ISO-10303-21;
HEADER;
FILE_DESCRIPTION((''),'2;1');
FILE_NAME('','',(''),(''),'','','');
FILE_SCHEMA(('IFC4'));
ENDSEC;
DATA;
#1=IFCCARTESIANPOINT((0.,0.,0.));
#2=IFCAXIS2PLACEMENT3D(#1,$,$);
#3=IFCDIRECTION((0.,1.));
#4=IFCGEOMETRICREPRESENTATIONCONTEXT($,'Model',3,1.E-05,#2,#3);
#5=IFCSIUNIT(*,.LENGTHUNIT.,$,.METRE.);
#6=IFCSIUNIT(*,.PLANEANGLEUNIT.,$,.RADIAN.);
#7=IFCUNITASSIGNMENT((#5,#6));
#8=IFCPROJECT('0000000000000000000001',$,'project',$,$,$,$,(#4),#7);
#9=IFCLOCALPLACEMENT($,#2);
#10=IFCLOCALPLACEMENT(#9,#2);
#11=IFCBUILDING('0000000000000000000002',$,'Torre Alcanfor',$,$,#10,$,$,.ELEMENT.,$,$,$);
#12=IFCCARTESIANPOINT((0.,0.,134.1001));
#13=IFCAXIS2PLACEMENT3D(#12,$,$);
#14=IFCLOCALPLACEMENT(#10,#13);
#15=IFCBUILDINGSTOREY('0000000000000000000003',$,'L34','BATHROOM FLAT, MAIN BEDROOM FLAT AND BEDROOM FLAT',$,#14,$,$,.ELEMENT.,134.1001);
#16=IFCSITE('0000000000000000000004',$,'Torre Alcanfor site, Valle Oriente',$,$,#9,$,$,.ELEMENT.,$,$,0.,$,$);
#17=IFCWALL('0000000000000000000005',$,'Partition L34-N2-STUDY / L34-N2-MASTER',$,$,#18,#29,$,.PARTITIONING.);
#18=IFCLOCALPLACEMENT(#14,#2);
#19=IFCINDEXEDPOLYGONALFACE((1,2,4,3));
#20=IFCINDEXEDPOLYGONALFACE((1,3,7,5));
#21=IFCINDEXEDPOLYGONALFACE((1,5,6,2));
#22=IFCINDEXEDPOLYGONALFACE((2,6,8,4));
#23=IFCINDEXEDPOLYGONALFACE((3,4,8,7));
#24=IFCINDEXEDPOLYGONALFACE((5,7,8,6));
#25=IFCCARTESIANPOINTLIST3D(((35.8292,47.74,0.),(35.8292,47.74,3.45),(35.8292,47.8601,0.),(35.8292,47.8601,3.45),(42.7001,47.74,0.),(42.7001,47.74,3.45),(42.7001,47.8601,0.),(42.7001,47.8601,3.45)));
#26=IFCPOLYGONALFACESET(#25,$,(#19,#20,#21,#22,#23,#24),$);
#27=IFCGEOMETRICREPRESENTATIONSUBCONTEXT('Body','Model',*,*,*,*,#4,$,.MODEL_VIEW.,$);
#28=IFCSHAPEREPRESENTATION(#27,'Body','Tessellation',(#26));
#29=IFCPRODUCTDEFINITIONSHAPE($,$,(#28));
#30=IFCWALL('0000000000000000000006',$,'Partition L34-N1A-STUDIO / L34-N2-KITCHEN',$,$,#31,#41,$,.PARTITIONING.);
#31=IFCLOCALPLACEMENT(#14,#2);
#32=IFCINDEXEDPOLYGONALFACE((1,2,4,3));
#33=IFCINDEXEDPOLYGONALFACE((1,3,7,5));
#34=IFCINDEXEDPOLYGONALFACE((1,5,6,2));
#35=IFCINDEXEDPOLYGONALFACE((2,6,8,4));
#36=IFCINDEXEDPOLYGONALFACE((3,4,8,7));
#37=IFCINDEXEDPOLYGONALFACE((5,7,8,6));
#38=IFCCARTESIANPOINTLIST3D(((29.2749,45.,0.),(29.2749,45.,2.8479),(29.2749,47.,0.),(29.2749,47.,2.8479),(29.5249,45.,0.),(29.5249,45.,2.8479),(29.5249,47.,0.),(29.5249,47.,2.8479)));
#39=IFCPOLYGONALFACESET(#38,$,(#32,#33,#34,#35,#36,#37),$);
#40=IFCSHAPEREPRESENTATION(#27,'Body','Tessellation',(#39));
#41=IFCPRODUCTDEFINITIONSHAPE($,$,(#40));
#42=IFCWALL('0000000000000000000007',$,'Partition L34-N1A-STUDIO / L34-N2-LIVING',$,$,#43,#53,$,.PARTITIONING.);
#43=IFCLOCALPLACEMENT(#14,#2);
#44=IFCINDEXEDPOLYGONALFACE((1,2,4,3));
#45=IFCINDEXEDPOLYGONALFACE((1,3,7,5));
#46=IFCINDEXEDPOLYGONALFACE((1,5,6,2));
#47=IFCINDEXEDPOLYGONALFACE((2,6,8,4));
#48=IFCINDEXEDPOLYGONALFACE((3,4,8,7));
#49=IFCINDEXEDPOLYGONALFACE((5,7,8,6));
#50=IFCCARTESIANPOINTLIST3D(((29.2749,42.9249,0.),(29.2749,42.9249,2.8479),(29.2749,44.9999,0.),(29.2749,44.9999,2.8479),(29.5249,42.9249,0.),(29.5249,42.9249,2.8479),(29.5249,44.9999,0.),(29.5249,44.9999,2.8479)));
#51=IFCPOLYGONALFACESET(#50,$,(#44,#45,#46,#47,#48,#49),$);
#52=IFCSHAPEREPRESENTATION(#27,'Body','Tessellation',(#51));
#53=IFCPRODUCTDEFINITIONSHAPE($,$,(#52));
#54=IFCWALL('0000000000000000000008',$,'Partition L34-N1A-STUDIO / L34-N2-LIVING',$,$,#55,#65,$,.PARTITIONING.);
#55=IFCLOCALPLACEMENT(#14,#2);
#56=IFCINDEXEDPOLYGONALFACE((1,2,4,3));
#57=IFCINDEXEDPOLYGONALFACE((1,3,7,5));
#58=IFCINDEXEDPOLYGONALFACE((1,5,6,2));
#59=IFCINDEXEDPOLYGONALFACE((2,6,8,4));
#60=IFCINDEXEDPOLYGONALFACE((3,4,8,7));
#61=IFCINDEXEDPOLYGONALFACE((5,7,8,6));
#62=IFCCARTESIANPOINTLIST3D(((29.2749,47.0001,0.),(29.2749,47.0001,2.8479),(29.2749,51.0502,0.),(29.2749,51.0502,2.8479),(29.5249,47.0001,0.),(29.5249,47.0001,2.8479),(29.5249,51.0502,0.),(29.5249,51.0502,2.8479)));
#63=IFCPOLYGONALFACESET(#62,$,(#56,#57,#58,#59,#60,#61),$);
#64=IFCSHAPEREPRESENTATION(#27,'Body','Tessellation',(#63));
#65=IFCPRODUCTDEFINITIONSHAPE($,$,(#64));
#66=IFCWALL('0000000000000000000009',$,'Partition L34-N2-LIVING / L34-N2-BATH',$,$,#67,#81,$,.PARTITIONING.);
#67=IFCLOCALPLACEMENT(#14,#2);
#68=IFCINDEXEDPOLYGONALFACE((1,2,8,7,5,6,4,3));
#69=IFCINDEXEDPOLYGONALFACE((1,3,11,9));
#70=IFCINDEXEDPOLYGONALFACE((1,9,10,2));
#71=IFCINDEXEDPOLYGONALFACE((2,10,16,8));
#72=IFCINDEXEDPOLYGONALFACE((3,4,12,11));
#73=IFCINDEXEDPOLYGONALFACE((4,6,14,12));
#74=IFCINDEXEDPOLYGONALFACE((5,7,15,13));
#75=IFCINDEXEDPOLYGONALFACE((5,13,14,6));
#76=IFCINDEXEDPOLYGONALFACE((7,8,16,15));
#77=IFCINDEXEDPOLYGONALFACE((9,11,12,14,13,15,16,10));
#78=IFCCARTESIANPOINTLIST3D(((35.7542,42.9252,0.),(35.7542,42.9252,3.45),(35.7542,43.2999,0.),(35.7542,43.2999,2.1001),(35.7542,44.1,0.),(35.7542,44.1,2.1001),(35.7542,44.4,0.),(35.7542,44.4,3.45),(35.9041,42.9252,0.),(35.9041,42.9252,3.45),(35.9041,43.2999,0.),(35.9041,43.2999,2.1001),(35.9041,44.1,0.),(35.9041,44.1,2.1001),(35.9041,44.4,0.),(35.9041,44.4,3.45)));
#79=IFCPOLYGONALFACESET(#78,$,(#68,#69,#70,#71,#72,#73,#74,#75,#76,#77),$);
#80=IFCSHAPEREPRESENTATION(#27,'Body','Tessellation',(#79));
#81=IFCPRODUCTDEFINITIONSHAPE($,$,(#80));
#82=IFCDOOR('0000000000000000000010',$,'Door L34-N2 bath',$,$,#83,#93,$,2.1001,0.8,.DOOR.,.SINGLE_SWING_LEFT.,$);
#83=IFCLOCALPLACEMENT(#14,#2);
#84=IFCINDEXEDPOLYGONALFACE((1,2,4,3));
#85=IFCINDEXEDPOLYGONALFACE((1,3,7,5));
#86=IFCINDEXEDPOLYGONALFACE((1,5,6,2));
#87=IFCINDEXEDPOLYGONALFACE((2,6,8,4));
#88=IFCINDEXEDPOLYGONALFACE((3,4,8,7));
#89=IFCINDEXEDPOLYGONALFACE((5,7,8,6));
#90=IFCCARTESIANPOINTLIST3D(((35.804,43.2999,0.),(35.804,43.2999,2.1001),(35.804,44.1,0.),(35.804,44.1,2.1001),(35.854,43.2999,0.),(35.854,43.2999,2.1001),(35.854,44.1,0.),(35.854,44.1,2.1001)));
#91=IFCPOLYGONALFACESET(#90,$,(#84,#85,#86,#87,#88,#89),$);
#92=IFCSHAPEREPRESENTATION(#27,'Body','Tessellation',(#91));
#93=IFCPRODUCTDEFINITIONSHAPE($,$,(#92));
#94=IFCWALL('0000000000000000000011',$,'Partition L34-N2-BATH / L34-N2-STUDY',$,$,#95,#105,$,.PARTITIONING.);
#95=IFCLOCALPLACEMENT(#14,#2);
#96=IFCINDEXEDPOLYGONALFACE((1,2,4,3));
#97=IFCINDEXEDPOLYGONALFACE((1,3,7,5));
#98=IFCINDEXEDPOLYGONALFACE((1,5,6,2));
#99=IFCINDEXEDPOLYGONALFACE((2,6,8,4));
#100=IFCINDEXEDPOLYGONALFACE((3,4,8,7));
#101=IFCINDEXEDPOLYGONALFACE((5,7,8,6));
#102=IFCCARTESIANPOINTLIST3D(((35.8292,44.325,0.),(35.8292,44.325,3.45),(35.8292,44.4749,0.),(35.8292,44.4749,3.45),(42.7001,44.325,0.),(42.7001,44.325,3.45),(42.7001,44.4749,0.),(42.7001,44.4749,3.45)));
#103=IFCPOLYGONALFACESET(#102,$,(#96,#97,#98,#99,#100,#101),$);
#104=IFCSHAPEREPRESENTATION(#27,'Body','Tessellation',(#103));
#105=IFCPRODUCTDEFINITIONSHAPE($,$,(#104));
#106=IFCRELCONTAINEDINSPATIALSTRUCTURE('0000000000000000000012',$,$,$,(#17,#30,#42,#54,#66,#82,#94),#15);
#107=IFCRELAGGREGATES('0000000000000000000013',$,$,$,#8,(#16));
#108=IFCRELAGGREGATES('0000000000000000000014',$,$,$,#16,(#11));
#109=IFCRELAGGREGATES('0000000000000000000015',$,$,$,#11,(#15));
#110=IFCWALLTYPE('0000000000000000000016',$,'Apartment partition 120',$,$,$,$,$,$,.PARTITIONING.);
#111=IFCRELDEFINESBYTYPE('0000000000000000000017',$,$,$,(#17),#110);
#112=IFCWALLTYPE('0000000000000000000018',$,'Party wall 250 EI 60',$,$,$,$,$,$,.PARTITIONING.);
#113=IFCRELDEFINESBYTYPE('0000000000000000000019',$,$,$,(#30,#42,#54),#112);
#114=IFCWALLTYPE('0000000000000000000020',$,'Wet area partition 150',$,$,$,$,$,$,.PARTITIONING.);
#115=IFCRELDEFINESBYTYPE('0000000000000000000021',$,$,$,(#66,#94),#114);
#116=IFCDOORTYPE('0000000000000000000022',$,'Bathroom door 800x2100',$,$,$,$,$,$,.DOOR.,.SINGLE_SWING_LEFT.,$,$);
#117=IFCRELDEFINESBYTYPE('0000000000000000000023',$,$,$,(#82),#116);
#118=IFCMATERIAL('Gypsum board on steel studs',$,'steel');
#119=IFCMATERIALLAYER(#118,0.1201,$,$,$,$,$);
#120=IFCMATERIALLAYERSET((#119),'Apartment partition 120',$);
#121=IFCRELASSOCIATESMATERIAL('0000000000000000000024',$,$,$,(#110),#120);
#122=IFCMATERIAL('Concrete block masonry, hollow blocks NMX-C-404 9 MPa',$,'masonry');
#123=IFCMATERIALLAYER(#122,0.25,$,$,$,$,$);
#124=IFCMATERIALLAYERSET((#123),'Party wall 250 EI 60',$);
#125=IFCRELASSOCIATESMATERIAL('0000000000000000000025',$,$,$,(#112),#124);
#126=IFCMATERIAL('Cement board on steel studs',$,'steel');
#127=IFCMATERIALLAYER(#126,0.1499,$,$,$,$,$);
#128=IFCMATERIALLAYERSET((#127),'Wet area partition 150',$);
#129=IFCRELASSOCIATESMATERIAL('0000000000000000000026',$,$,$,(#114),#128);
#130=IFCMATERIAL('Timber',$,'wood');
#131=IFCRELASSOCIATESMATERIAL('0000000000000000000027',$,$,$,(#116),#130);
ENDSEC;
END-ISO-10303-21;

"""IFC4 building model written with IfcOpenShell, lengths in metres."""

from ifc_helpers import new_model, si_unit, direction, frame, frame_2d, origin, place, context, subcontext, project, spatial, rectangle, extrude, material, layer, layer_set, type_object, element, fill, save


model = new_model("IFC4")

# Units and contexts
model_context = context("Model", 3, precision=1e-05, world=origin(), true_north=direction((0.0, 1.0)))
body_context = subcontext(model_context, "Body", "Model", "MODEL_VIEW")
ifc_project = project(units=[si_unit("LENGTHUNIT", "METRE"), si_unit("PLANEANGLEUNIT", "RADIAN")], contexts=[model_context])

# Site, building, storey
site_placement = place(None, origin())
site = spatial("IfcSite", under=ifc_project, at=site_placement, Name="Torre Alcanfor site, Valle Oriente", CompositionType="ELEMENT", RefElevation=0.0)
building_placement = place(site_placement, origin())
building = spatial("IfcBuilding", under=site, at=building_placement, Name="Torre Alcanfor", CompositionType="ELEMENT")
storey_placement = place(building_placement, frame((0.0, 0.0, 134.1001)))
storey = spatial("IfcBuildingStorey", under=building, at=storey_placement, Name="L34", Description="BATHROOM FLAT, MAIN BEDROOM FLAT AND BEDROOM FLAT", CompositionType="ELEMENT", Elevation=134.1001)

# Shared definitions
ifc_material_1 = material(Name="Gypsum board on steel studs", Category="steel")
ifc_layer_1 = layer(ifc_material_1, 0.1201)
ifc_layer_set_1 = layer_set([ifc_layer_1], Name="Apartment partition 120")
wall_type_1 = type_object("IfcWallType", Name="Apartment partition 120", PredefinedType="PARTITIONING", material=ifc_layer_set_1)

# Walls
wall_1_placement = place(storey_placement, frame((35.8291, 47.8, 0.0), z_axis=(0.0, 0.0, 1.0), x_axis=(1.0, 0.0, 0.0)))
element("IfcWall", 1, at=wall_1_placement, inside=storey, type_object=wall_type_1, Name="Partition L34-N2-STUDY / L34-N2-MASTER", PredefinedType="PARTITIONING", context=body_context, shape_type="SweptSolid", body=[
    extrude(rectangle(XDim=6.8708, YDim=0.1201, at=frame_2d((3.4355, 0.0))), origin(), (0.0, 0.0, 1.0), 3.45),
])
ifc_material_2 = material(Name="Concrete block masonry, hollow blocks NMX-C-404 9 MPa", Category="masonry")
ifc_layer_2 = layer(ifc_material_2, 0.25)
ifc_layer_set_2 = layer_set([ifc_layer_2], Name="Party wall 250 EI 60")
wall_type_2 = type_object("IfcWallType", Name="Party wall 250 EI 60", PredefinedType="PARTITIONING", material=ifc_layer_set_2)
wall_2_placement = place(storey_placement, frame((29.3999, 47.0, 0.0), z_axis=(0.0, 0.0, 1.0), x_axis=(0.0, -1.0, 0.0)))
element("IfcWall", 2, at=wall_2_placement, inside=storey, type_object=wall_type_2, Name="Partition L34-N1A-STUDIO / L34-N2-KITCHEN", PredefinedType="PARTITIONING", context=body_context, shape_type="SweptSolid", body=[
    extrude(rectangle(XDim=2.0, YDim=0.25, at=frame_2d((1.0, 0.0))), origin(), (0.0, 0.0, 1.0), 2.8479),
])
wall_3_placement = place(storey_placement, frame((29.3999, 45.0, 0.0), z_axis=(0.0, 0.0, 1.0), x_axis=(0.0, -1.0, 0.0)))
element("IfcWall", 3, at=wall_3_placement, inside=storey, type_object=wall_type_2, Name="Partition L34-N1A-STUDIO / L34-N2-LIVING", PredefinedType="PARTITIONING", context=body_context, shape_type="SweptSolid", body=[
    extrude(rectangle(XDim=2.075, YDim=0.25, at=frame_2d((1.0376, 0.0))), origin(), (0.0, 0.0, 1.0), 2.8479),
])
wall_4_placement = place(storey_placement, frame((29.3999, 51.05, 0.0), z_axis=(0.0, 0.0, 1.0), x_axis=(0.0, -1.0, 0.0)))
element("IfcWall", 4, at=wall_4_placement, inside=storey, type_object=wall_type_2, Name="Partition L34-N1A-STUDIO / L34-N2-LIVING", PredefinedType="PARTITIONING", context=body_context, shape_type="SweptSolid", body=[
    extrude(rectangle(XDim=4.05, YDim=0.25, at=frame_2d((2.0249, 0.0))), origin(), (0.0, 0.0, 1.0), 2.8479),
])

# Wall, opening, door
ifc_material_3 = material(Name="Cement board on steel studs", Category="steel")
ifc_layer_3 = layer(ifc_material_3, 0.1499)
ifc_layer_set_3 = layer_set([ifc_layer_3], Name="Wet area partition 150")
wall_type_3 = type_object("IfcWallType", Name="Wet area partition 150", PredefinedType="PARTITIONING", material=ifc_layer_set_3)
wall_5_placement = place(storey_placement, frame((35.8291, 44.3999, 0.0), z_axis=(0.0, 0.0, 1.0), x_axis=(0.0, -1.0, 0.0)))
wall_5 = element("IfcWall", 5, at=wall_5_placement, inside=storey, type_object=wall_type_3, Name="Partition L34-N2-LIVING / L34-N2-BATH", PredefinedType="PARTITIONING", context=body_context, shape_type="SweptSolid", body=[
    extrude(rectangle(XDim=1.4749, YDim=0.1499, at=frame_2d((0.7373, 0.0))), origin(), (0.0, 0.0, 1.0), 3.45),
])
opening_1_placement = place(wall_5_placement, frame((0.3, 0.0, 0.0)))
opening_1 = element("IfcOpeningElement", 6, at=opening_1_placement, cuts=wall_5, PredefinedType="OPENING", context=body_context, shape_type="SweptSolid", body=[
    extrude(rectangle(XDim=0.8, YDim=2.1001, at=frame_2d((0.3999, 1.05))), frame((0.0, 0.085, 0.0), z_axis=(0.0, -1.0, 0.0), x_axis=(1.0, 0.0, 0.0)), (0.0, 0.0, 1.0), 0.1699),
])
ifc_material_4 = material(Name="Timber", Category="wood")
door_type_1 = type_object("IfcDoorType", Name="Bathroom door 800x2100", OperationType="SINGLE_SWING_LEFT", PredefinedType="DOOR", material=ifc_material_4)
door_1_placement = place(opening_1_placement, origin())
door_1 = element("IfcDoor", 7, at=door_1_placement, inside=storey, type_object=door_type_1, Name="Door L34-N2 bath", OperationType="SINGLE_SWING_LEFT", OverallHeight=2.1001, OverallWidth=0.8, PredefinedType="DOOR", context=body_context, shape_type="SweptSolid", body=[
    extrude(rectangle(XDim=0.8, YDim=2.1001, at=frame_2d((0.3999, 1.05))), frame((0.0, 0.0249, 0.0), z_axis=(0.0, -1.0, 0.0), x_axis=(1.0, 0.0, 0.0)), (0.0, 0.0, 1.0), 0.05),
])
fill(opening_1, door_1)

# Wall
wall_6_placement = place(storey_placement, frame((35.8291, 44.3999, 0.0), z_axis=(0.0, 0.0, 1.0), x_axis=(1.0, 0.0, 0.0)))
element("IfcWall", 8, at=wall_6_placement, inside=storey, type_object=wall_type_3, Name="Partition L34-N2-BATH / L34-N2-STUDY", PredefinedType="PARTITIONING", context=body_context, shape_type="SweptSolid", body=[
    extrude(rectangle(XDim=6.8708, YDim=0.1499, at=frame_2d((3.4355, 0.0))), origin(), (0.0, 0.0, 1.0), 3.45),
])

save(model, "model.ifc")
